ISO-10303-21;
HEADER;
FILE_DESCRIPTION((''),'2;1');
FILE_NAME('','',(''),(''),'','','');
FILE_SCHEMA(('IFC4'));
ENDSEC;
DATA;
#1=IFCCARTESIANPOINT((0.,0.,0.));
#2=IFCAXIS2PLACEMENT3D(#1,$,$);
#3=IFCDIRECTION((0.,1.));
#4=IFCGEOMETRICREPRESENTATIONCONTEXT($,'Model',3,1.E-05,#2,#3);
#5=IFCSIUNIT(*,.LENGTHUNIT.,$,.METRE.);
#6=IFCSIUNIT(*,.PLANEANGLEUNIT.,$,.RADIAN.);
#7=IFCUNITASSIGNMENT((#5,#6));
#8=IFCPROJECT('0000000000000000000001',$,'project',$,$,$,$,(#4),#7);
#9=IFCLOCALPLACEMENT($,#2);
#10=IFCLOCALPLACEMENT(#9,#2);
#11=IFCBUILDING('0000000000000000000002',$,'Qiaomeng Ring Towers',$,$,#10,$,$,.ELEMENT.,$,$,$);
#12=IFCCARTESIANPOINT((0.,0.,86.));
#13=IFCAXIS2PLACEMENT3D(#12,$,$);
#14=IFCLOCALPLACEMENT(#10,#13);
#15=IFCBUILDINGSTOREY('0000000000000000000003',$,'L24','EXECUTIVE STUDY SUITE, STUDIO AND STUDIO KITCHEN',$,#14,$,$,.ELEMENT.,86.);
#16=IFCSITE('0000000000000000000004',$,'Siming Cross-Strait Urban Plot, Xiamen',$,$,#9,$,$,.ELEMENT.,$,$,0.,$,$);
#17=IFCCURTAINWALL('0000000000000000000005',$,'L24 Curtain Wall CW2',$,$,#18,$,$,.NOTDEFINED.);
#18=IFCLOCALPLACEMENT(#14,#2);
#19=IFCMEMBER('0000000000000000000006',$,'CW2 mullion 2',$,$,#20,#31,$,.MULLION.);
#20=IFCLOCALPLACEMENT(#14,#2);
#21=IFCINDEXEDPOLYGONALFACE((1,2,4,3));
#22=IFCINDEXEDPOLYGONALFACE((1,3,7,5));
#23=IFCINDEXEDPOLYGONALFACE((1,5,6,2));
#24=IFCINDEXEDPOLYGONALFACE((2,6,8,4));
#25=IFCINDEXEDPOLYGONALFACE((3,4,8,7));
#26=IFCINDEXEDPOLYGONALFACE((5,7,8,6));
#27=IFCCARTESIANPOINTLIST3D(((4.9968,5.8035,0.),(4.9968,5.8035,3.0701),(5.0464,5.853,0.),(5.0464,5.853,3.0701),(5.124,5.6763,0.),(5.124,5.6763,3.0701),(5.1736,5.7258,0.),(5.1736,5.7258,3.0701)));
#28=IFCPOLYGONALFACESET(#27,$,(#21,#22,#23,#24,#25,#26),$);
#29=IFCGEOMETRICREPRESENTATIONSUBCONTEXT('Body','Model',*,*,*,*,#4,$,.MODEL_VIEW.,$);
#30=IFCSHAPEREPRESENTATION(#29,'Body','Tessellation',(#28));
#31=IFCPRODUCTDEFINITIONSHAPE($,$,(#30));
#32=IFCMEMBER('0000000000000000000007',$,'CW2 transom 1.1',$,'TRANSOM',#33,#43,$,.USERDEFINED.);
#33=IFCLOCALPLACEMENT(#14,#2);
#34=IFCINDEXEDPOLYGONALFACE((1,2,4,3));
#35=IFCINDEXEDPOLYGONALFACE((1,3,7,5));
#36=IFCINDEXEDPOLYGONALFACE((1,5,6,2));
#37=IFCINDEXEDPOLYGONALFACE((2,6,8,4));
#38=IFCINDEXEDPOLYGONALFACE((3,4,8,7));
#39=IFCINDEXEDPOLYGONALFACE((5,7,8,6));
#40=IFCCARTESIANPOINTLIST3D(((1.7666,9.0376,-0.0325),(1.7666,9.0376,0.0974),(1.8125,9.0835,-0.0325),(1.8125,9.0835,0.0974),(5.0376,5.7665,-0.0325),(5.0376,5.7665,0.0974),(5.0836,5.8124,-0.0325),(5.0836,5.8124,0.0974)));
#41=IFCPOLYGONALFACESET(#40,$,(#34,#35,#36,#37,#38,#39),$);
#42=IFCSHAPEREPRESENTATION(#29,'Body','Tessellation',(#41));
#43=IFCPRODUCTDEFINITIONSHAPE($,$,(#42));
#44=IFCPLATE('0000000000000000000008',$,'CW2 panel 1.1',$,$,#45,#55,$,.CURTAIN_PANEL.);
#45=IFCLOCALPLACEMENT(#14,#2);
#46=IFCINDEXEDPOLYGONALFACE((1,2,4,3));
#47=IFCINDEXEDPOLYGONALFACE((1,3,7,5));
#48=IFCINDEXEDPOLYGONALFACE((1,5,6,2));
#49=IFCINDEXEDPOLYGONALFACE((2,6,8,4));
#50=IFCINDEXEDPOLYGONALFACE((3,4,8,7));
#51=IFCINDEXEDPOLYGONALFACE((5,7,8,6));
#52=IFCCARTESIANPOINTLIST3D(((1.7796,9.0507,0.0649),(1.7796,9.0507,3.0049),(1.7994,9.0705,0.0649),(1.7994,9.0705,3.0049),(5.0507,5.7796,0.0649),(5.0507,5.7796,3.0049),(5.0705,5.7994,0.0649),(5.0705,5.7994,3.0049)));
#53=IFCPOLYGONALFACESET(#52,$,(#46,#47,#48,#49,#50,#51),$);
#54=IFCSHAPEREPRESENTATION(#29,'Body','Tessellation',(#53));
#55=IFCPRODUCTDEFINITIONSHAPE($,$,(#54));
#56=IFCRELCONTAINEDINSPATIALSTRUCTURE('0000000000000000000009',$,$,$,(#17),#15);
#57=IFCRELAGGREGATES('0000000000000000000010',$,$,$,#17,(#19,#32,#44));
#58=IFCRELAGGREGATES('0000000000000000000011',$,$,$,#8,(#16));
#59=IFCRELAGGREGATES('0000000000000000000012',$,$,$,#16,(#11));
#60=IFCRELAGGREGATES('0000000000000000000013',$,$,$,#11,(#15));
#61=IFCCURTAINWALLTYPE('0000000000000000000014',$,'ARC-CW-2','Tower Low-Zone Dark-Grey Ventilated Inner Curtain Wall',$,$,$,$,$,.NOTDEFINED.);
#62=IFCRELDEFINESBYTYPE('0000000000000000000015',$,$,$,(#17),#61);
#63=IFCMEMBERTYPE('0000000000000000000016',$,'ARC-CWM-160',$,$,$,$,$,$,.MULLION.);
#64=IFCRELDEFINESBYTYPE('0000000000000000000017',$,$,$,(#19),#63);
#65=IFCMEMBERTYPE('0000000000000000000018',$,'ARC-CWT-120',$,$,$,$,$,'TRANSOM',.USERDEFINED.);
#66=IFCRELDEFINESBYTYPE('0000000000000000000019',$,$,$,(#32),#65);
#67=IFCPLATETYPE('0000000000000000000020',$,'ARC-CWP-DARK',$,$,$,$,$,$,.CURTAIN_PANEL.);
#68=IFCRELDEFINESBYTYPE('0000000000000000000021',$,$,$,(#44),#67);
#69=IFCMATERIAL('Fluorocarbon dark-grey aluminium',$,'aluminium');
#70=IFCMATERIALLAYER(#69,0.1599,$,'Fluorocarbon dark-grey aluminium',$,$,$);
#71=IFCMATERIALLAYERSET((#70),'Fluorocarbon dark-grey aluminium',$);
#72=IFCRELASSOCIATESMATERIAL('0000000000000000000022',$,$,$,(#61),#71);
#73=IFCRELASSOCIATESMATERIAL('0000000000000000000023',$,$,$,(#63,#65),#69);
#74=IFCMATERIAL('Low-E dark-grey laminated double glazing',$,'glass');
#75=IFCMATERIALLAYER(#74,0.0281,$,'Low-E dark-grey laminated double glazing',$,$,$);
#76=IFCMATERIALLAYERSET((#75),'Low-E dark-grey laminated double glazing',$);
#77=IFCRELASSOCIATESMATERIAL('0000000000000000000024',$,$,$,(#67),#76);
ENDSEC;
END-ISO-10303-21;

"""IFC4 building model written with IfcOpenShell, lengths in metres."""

from ifc_helpers import new_model, si_unit, direction, frame, origin, origin_2d, place, context, subcontext, project, spatial, rectangle, extrude, source, transform, mapped, material, layer, layer_set, material_profile, profile_set, type_object, element, aggregate, save


model = new_model("IFC4")

# Units and contexts
model_context = context("Model", 3, precision=1e-05, world=origin(), true_north=direction((0.0, 1.0)))
body_context = subcontext(model_context, "Body", "Model", "MODEL_VIEW")
ifc_project = project(units=[si_unit("LENGTHUNIT", "METRE"), si_unit("PLANEANGLEUNIT", "RADIAN")], contexts=[model_context])

# Site, building, storey
site_placement = place(None, origin())
site = spatial("IfcSite", under=ifc_project, at=site_placement, Name="Siming Cross-Strait Urban Plot, Xiamen", CompositionType="ELEMENT", RefElevation=0.0)
building_placement = place(site_placement, origin())
building = spatial("IfcBuilding", under=site, at=building_placement, Name="Qiaomeng Ring Towers", CompositionType="ELEMENT")
storey_placement = place(building_placement, frame((0.0, 0.0, 86.0)))
storey = spatial("IfcBuildingStorey", under=building, at=storey_placement, Name="L24", Description="EXECUTIVE STUDY SUITE, STUDIO AND STUDIO KITCHEN", CompositionType="ELEMENT", Elevation=86.0)

# Curtain wall, members, plate
ifc_material_1 = material(Name="Fluorocarbon dark-grey aluminium", Category="aluminium")
ifc_layer_1 = layer(ifc_material_1, 0.1599, Name="Fluorocarbon dark-grey aluminium")
ifc_layer_set_1 = layer_set([ifc_layer_1], Name="Fluorocarbon dark-grey aluminium")
curtain_wall_type = type_object("IfcCurtainWallType", Name="ARC-CW-2", Description="Tower Low-Zone Dark-Grey Ventilated Inner Curtain Wall", PredefinedType="NOTDEFINED", material=ifc_layer_set_1)
curtain_wall_placement = place(storey_placement, origin())
curtain_wall = element("IfcCurtainWall", 1, at=curtain_wall_placement, inside=storey, type_object=curtain_wall_type, Name="L24 Curtain Wall CW2", PredefinedType="NOTDEFINED")
ifc_material_profile_1 = material_profile(ifc_material_1, rectangle(XDim=0.0701, YDim=0.1799, at=origin_2d()), Name="ALU MULL 70x180")
ifc_profile_set_1 = profile_set([ifc_material_profile_1], Name="Fluorocarbon dark-grey aluminium")
member_type_1 = type_object("IfcMemberType", Name="ARC-CWM-160", PredefinedType="MULLION", material=ifc_profile_set_1)
shared_shape_1 = source(origin(), body_context, "Body", "SweptSolid", [
    extrude(rectangle(XDim=0.0701, YDim=0.1799, at=origin_2d()), origin(), (0.0, 0.0, 1.0), 3.0701),
])
member_1_placement = place(storey_placement, frame((5.0852, 5.7646, 0.0), z_axis=(0.0, 0.0, 1.0), x_axis=(0.707107, 0.707107, 0.0)))
member_1 = element("IfcMember", 2, at=member_1_placement, type_object=member_type_1, Name="CW2 mullion 2", PredefinedType="MULLION", context=body_context, shape_type="MappedRepresentation", body=[
    mapped(shared_shape_1, transform((0.0, 0.0, 0.0), x_axis=(1.0, 0.0, 0.0), y_axis=(0.0, 1.0, 0.0), z_axis=(0.0, 0.0, 1.0), scale=1.0)),
])
ifc_material_profile_2 = material_profile(ifc_material_1, rectangle(XDim=0.0649, YDim=0.1299, at=origin_2d()), Name="ALU TRAN 65x130")
ifc_profile_set_2 = profile_set([ifc_material_profile_2], Name="Fluorocarbon dark-grey aluminium")
member_type_2 = type_object("IfcMemberType", Name="ARC-CWT-120", ElementType="TRANSOM", PredefinedType="USERDEFINED", material=ifc_profile_set_2)
shared_shape_2 = source(origin(), body_context, "Body", "SweptSolid", [
    extrude(rectangle(XDim=0.0649, YDim=0.1299, at=origin_2d()), origin(), (0.0, 0.0, 1.0), 4.626),
])
member_2_placement = place(storey_placement, frame((1.7896, 9.0605, 0.0325), z_axis=(0.707107, -0.707107, 0.0), x_axis=(0.707107, 0.707107, 0.0)))
member_2 = element("IfcMember", 3, at=member_2_placement, type_object=member_type_2, Name="CW2 transom 1.1", ObjectType="TRANSOM", PredefinedType="USERDEFINED", context=body_context, shape_type="MappedRepresentation", body=[
    mapped(shared_shape_2, transform((0.0, 0.0, 0.0), x_axis=(1.0, 0.0, 0.0), y_axis=(0.0, 1.0, 0.0), z_axis=(0.0, 0.0, 1.0), scale=1.0)),
])
ifc_material_2 = material(Name="Low-E dark-grey laminated double glazing", Category="glass")
ifc_layer_2 = layer(ifc_material_2, 0.0281, Name="Low-E dark-grey laminated double glazing")
ifc_layer_set_2 = layer_set([ifc_layer_2], Name="Low-E dark-grey laminated double glazing")
plate_type = type_object("IfcPlateType", Name="ARC-CWP-DARK", PredefinedType="CURTAIN_PANEL", material=ifc_layer_set_2)
shared_shape_3 = source(origin(), body_context, "Body", "SweptSolid", [
    extrude(rectangle(XDim=4.626, YDim=0.0281, at=origin_2d()), origin(), (0.0, 0.0, 1.0), 2.9399),
])
plate_placement = place(storey_placement, frame((3.425, 7.425, 0.0649), z_axis=(0.0, 0.0, 1.0), x_axis=(0.707107, -0.707107, 0.0)))
plate = element("IfcPlate", 4, at=plate_placement, type_object=plate_type, Name="CW2 panel 1.1", PredefinedType="CURTAIN_PANEL", context=body_context, shape_type="MappedRepresentation", body=[
    mapped(shared_shape_3, transform((0.0, 0.0, 0.0), x_axis=(1.0, 0.0, 0.0), y_axis=(0.0, 1.0, 0.0), z_axis=(0.0, 0.0, 1.0), scale=1.0)),
])
aggregate(curtain_wall, [member_1, member_2, plate])

save(model, "model.ifc")
